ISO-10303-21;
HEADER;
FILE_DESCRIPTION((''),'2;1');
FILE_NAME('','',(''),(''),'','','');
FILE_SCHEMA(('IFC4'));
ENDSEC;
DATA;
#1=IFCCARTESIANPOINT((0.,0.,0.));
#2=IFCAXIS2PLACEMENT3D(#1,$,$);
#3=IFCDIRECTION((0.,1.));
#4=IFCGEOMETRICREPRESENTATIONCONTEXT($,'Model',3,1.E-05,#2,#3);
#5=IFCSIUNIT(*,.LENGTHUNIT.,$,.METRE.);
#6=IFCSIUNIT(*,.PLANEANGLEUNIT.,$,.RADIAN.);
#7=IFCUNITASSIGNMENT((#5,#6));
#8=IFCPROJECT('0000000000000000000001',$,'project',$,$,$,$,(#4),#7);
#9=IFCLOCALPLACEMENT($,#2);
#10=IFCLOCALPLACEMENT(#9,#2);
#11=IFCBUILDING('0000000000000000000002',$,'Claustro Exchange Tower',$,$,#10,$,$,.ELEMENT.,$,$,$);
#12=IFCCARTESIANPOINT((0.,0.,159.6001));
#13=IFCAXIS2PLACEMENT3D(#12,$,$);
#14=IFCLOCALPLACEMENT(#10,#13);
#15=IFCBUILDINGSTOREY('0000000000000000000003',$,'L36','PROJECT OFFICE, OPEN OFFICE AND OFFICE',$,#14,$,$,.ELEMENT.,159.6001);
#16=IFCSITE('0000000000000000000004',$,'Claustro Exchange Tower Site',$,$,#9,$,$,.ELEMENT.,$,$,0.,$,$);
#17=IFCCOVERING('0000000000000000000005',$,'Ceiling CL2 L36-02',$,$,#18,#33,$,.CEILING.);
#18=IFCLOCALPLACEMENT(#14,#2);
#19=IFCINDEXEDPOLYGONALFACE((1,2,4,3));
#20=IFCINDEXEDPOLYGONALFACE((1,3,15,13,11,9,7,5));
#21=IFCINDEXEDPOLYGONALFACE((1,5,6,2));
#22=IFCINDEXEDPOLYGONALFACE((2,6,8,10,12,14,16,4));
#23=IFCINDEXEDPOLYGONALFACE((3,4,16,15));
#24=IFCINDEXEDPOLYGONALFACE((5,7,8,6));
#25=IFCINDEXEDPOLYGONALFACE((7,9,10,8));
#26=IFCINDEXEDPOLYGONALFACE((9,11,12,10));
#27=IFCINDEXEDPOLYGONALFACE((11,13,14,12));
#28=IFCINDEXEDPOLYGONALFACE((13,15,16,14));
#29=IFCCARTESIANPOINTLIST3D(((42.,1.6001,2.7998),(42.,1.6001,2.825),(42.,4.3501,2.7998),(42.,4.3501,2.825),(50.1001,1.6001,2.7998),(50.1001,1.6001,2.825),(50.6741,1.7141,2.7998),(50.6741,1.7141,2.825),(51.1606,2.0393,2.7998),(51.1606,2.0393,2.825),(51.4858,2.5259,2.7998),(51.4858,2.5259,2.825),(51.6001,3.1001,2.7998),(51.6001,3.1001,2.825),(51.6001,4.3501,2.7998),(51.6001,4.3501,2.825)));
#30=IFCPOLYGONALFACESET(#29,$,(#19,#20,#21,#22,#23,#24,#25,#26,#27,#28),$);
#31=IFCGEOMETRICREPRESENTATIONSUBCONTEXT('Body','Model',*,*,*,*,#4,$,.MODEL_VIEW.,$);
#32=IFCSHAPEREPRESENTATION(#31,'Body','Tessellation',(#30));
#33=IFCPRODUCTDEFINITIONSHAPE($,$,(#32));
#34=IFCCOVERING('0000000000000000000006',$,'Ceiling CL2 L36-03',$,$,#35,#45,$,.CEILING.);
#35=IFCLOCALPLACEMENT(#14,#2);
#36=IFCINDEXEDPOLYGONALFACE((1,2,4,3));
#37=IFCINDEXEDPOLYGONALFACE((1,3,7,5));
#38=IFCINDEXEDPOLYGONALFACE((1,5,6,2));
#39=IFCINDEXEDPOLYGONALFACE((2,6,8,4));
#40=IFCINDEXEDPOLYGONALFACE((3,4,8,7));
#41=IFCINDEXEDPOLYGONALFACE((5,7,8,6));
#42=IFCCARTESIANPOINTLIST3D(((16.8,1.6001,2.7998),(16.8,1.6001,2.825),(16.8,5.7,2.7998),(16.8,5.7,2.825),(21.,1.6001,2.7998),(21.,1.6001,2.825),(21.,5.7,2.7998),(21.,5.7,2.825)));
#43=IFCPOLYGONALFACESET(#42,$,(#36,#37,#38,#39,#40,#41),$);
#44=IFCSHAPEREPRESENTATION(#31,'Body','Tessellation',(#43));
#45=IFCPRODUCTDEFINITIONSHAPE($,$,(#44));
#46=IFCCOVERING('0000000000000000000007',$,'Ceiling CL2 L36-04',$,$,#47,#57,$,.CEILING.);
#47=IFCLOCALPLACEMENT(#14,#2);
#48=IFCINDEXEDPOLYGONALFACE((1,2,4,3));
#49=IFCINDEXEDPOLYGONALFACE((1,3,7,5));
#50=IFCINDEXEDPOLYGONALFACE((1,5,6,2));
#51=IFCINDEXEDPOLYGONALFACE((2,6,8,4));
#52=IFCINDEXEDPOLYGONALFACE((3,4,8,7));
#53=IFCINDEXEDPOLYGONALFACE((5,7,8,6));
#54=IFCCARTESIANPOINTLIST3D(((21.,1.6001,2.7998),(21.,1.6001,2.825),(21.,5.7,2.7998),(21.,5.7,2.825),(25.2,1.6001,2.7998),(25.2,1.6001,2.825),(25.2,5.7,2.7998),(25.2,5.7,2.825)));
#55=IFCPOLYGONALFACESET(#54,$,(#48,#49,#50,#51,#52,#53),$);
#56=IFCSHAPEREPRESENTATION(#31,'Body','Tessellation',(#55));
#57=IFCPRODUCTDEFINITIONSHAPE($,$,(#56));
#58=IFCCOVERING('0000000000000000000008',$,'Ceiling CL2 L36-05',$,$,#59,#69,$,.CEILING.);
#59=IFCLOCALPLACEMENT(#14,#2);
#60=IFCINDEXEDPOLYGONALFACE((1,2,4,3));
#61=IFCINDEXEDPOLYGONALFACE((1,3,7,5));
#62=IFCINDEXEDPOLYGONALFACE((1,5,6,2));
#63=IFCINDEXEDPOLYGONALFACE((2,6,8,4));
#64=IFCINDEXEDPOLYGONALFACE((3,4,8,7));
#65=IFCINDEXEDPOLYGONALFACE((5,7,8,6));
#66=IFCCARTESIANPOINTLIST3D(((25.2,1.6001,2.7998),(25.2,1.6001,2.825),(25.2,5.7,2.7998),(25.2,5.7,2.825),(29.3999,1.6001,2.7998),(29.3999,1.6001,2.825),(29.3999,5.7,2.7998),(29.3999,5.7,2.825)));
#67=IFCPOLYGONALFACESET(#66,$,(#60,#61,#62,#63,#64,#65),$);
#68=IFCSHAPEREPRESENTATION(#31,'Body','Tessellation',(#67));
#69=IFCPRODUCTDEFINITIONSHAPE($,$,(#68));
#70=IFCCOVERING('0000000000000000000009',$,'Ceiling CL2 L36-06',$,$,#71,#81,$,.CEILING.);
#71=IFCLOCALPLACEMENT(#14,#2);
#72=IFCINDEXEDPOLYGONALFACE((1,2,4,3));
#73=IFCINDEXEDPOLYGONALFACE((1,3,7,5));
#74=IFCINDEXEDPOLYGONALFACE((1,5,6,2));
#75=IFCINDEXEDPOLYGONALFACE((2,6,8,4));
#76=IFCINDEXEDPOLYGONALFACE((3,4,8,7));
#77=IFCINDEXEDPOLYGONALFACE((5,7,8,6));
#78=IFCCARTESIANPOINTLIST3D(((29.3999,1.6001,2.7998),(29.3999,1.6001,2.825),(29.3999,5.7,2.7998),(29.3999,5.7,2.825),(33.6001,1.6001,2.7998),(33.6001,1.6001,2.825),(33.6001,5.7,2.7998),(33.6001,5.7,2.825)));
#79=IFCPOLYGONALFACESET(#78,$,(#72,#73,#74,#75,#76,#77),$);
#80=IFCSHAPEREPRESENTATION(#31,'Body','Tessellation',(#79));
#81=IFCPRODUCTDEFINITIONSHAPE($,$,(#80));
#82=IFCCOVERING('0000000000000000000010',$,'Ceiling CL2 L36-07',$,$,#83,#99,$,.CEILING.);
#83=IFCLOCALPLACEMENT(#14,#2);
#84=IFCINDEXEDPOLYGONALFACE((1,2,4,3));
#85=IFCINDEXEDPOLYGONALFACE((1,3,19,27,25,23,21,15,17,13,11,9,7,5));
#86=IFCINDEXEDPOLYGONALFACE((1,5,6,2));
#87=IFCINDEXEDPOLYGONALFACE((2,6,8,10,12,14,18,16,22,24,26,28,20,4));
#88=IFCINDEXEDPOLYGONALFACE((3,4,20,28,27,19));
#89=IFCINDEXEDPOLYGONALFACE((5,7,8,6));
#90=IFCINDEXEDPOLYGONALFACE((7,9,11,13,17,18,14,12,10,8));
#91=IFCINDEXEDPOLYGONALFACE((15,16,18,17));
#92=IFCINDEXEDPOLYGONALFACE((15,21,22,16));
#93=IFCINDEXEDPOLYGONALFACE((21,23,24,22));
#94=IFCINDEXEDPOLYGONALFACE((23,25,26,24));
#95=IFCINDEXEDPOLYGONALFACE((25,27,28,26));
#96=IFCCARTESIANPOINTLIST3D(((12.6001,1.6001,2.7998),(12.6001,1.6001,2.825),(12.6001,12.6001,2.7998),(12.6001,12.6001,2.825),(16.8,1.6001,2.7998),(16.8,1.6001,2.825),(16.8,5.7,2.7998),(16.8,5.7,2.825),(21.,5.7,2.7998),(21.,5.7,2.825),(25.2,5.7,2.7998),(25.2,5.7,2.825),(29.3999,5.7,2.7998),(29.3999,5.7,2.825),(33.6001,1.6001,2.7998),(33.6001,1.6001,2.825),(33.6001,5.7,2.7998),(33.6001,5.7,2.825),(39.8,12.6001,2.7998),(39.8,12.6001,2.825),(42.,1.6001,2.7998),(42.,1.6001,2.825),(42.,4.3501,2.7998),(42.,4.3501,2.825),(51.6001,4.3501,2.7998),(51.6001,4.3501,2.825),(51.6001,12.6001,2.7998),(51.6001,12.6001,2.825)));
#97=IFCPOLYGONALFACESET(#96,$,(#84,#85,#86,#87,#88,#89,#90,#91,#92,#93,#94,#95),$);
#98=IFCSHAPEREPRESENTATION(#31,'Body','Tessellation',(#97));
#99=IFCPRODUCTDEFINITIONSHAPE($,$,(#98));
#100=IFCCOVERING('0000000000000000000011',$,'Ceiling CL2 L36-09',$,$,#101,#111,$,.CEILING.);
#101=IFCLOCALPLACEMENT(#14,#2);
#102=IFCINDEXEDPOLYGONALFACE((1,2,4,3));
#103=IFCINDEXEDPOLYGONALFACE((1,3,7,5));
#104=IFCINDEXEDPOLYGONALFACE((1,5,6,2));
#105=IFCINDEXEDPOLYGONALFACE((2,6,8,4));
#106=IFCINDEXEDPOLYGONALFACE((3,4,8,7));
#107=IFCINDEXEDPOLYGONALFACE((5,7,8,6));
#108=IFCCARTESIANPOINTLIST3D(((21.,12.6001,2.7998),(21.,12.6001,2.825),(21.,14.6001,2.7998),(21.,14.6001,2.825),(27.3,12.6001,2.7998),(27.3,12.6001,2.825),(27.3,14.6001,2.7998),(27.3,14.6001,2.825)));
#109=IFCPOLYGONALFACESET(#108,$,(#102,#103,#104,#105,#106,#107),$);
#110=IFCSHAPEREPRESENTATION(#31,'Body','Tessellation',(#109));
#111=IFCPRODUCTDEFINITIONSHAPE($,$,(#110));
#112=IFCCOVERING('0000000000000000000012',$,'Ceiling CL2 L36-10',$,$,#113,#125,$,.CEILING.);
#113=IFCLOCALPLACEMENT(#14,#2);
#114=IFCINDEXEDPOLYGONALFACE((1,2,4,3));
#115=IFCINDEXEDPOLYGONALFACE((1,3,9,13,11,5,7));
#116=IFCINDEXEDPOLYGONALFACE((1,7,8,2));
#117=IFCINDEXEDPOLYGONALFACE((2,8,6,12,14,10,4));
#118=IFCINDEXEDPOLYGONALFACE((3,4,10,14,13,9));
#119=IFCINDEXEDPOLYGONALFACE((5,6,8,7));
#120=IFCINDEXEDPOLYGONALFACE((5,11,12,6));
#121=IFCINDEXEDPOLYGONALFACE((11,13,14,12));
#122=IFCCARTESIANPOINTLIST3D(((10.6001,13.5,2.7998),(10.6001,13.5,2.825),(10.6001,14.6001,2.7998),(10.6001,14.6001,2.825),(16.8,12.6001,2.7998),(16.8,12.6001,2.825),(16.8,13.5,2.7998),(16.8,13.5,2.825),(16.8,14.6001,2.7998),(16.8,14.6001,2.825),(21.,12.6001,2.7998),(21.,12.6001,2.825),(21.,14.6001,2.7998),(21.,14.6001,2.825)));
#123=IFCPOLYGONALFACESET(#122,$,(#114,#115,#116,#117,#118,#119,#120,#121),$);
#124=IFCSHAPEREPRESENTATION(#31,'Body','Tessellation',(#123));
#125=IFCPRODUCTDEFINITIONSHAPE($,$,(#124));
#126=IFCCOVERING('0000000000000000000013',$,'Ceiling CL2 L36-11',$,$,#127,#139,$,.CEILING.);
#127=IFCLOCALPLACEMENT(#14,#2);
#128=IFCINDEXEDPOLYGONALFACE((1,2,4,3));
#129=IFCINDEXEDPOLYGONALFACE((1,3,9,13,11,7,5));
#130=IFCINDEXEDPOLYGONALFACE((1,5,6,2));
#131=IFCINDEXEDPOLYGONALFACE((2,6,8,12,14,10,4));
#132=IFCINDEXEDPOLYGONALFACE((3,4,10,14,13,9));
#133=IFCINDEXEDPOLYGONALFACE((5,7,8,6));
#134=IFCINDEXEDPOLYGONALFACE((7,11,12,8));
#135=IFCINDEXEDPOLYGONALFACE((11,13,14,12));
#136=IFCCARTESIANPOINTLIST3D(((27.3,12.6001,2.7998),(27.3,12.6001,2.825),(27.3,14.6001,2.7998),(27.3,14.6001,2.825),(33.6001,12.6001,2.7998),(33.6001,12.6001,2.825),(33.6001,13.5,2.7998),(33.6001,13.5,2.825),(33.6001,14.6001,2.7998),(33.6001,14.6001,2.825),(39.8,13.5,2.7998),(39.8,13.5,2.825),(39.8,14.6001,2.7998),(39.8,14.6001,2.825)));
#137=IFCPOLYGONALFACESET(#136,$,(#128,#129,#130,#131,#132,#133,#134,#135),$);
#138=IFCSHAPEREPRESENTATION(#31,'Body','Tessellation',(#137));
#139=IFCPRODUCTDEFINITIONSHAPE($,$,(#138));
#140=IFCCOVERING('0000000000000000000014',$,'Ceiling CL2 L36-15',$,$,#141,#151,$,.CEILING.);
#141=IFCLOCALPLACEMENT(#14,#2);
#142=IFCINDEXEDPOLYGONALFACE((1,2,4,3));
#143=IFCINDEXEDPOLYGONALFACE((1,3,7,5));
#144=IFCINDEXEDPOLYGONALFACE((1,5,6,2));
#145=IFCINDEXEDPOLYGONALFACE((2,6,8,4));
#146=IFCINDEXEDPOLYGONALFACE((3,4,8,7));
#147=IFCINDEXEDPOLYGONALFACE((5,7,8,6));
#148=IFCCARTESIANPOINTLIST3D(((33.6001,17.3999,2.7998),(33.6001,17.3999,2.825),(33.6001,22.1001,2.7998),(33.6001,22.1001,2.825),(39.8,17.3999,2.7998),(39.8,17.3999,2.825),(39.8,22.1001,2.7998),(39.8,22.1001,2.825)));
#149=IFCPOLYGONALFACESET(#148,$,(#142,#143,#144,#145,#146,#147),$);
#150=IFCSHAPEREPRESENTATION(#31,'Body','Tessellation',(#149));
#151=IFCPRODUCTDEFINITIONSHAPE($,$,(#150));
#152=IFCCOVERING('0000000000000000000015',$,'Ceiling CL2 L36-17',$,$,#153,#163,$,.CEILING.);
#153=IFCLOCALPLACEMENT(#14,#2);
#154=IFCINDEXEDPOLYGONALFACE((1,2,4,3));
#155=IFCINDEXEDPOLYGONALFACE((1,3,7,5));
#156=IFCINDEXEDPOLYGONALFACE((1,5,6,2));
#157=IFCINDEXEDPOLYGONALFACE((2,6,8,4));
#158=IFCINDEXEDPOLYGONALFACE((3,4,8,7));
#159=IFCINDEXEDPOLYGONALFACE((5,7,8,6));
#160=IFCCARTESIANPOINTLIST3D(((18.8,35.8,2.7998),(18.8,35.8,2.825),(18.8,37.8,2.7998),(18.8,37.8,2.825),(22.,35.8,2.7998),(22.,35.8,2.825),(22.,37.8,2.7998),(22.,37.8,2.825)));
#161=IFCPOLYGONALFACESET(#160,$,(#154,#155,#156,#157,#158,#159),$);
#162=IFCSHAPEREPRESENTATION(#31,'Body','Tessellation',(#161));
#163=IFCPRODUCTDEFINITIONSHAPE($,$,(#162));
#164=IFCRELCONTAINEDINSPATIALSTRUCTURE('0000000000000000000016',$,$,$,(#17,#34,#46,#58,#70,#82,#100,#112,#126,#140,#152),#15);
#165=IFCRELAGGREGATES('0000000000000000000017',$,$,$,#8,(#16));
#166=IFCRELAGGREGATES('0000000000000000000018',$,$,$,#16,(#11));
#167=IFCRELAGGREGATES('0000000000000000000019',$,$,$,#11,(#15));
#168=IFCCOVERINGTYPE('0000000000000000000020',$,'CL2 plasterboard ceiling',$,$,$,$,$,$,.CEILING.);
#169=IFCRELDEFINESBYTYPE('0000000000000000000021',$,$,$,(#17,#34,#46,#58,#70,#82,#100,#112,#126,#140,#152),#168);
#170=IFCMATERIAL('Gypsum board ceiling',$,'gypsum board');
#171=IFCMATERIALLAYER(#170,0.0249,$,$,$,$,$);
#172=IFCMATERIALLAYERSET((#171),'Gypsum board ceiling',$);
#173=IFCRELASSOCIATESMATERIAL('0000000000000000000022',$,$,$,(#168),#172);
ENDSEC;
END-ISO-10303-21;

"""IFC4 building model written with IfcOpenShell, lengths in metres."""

from ifc_helpers import new_model, si_unit, direction, frame, origin, place, context, subcontext, project, spatial, polyline, outline, extrude, material, layer, layer_set, type_object, element, save


model = new_model("IFC4")

# Units and contexts
model_context = context("Model", 3, precision=1e-05, world=origin(), true_north=direction((0.0, 1.0)))
body_context = subcontext(model_context, "Body", "Model", "MODEL_VIEW")
ifc_project = project(units=[si_unit("LENGTHUNIT", "METRE"), si_unit("PLANEANGLEUNIT", "RADIAN")], contexts=[model_context])

# Site, building, storey
site_placement = place(None, origin())
site = spatial("IfcSite", under=ifc_project, at=site_placement, Name="Claustro Exchange Tower Site", CompositionType="ELEMENT", RefElevation=0.0)
building_placement = place(site_placement, origin())
building = spatial("IfcBuilding", under=site, at=building_placement, Name="Claustro Exchange Tower", CompositionType="ELEMENT")
storey_placement = place(building_placement, frame((0.0, 0.0, 159.6001)))
storey = spatial("IfcBuildingStorey", under=building, at=storey_placement, Name="L36", Description="PROJECT OFFICE, OPEN OFFICE AND OFFICE", CompositionType="ELEMENT", Elevation=159.6001)

# Coverings
ifc_material_1 = material(Name="Gypsum board ceiling", Category="gypsum board")
ifc_layer_1 = layer(ifc_material_1, 0.0249)
ifc_layer_set_1 = layer_set([ifc_layer_1], Name="Gypsum board ceiling")
covering_type_1 = type_object("IfcCoveringType", Name="CL2 plasterboard ceiling", PredefinedType="CEILING", material=ifc_layer_set_1)
covering_1_placement = place(storey_placement, frame((0.0, 0.0, 2.7998)))
element("IfcCovering", 1, at=covering_1_placement, inside=storey, type_object=covering_type_1, Name="Ceiling CL2 L36-02", PredefinedType="CEILING", context=body_context, shape_type="SweptSolid", body=[
    extrude(outline(polyline([(51.6001, 3.1001), (51.6001, 4.3501), (42.0, 4.3501), (42.0, 1.6001), (50.1001, 1.6001), (50.6741, 1.7141), (51.1606, 2.0393), (51.4858, 2.5259), (51.6001, 3.1001)])), origin(), (0.0, 0.0, 1.0), 0.0251),
])
covering_2_placement = place(storey_placement, frame((0.0, 0.0, 2.7998)))
element("IfcCovering", 2, at=covering_2_placement, inside=storey, type_object=covering_type_1, Name="Ceiling CL2 L36-03", PredefinedType="CEILING", context=body_context, shape_type="SweptSolid", body=[
    extrude(outline(polyline([(16.8, 1.6001), (21.0, 1.6001), (21.0, 5.7), (16.8, 5.7), (16.8, 1.6001)])), origin(), (0.0, 0.0, 1.0), 0.0251),
])
covering_3_placement = place(storey_placement, frame((0.0, 0.0, 2.7998)))
element("IfcCovering", 3, at=covering_3_placement, inside=storey, type_object=covering_type_1, Name="Ceiling CL2 L36-04", PredefinedType="CEILING", context=body_context, shape_type="SweptSolid", body=[
    extrude(outline(polyline([(21.0, 1.6001), (25.2, 1.6001), (25.2, 5.7), (21.0, 5.7), (21.0, 1.6001)])), origin(), (0.0, 0.0, 1.0), 0.0251),
])
covering_4_placement = place(storey_placement, frame((0.0, 0.0, 2.7998)))
element("IfcCovering", 4, at=covering_4_placement, inside=storey, type_object=covering_type_1, Name="Ceiling CL2 L36-05", PredefinedType="CEILING", context=body_context, shape_type="SweptSolid", body=[
    extrude(outline(polyline([(25.2, 1.6001), (29.3999, 1.6001), (29.3999, 5.7), (25.2, 5.7), (25.2, 1.6001)])), origin(), (0.0, 0.0, 1.0), 0.0251),
])
covering_5_placement = place(storey_placement, frame((0.0, 0.0, 2.7998)))
element("IfcCovering", 5, at=covering_5_placement, inside=storey, type_object=covering_type_1, Name="Ceiling CL2 L36-06", PredefinedType="CEILING", context=body_context, shape_type="SweptSolid", body=[
    extrude(outline(polyline([(29.3999, 1.6001), (33.6001, 1.6001), (33.6001, 5.7), (29.3999, 5.7), (29.3999, 1.6001)])), origin(), (0.0, 0.0, 1.0), 0.0251),
])
covering_6_placement = place(storey_placement, frame((0.0, 0.0, 2.7998)))
element("IfcCovering", 6, at=covering_6_placement, inside=storey, type_object=covering_type_1, Name="Ceiling CL2 L36-07", PredefinedType="CEILING", context=body_context, shape_type="SweptSolid", body=[
    extrude(outline(polyline([(51.6001, 12.6001), (39.8, 12.6001), (12.6001, 12.6001), (12.6001, 1.6001), (16.8, 1.6001), (16.8, 5.7), (21.0, 5.7), (25.2, 5.7), (29.3999, 5.7), (33.6001, 5.7), (33.6001, 1.6001), (42.0, 1.6001), (42.0, 4.3501), (51.6001, 4.3501), (51.6001, 12.6001)])), origin(), (0.0, 0.0, 1.0), 0.0251),
])
covering_7_placement = place(storey_placement, frame((0.0, 0.0, 2.7998)))
element("IfcCovering", 7, at=covering_7_placement, inside=storey, type_object=covering_type_1, Name="Ceiling CL2 L36-09", PredefinedType="CEILING", context=body_context, shape_type="SweptSolid", body=[
    extrude(outline(polyline([(21.0, 12.6001), (27.3, 12.6001), (27.3, 14.6001), (21.0, 14.6001), (21.0, 12.6001)])), origin(), (0.0, 0.0, 1.0), 0.0251),
])
covering_8_placement = place(storey_placement, frame((0.0, 0.0, 2.7998)))
element("IfcCovering", 8, at=covering_8_placement, inside=storey, type_object=covering_type_1, Name="Ceiling CL2 L36-10", PredefinedType="CEILING", context=body_context, shape_type="SweptSolid", body=[
    extrude(outline(polyline([(10.6001, 14.6001), (10.6001, 13.5), (16.8, 13.5), (16.8, 12.6001), (21.0, 12.6001), (21.0, 14.6001), (16.8, 14.6001), (16.8, 14.6001), (10.6001, 14.6001)])), origin(), (0.0, 0.0, 1.0), 0.0251),
])
covering_9_placement = place(storey_placement, frame((0.0, 0.0, 2.7998)))
element("IfcCovering", 9, at=covering_9_placement, inside=storey, type_object=covering_type_1, Name="Ceiling CL2 L36-11", PredefinedType="CEILING", context=body_context, shape_type="SweptSolid", body=[
    extrude(outline(polyline([(39.8, 13.5), (39.8, 14.6001), (33.6001, 14.6001), (33.6001, 14.6001), (27.3, 14.6001), (27.3, 12.6001), (33.6001, 12.6001), (33.6001, 13.5), (39.8, 13.5)])), origin(), (0.0, 0.0, 1.0), 0.0251),
])
covering_10_placement = place(storey_placement, frame((0.0, 0.0, 2.7998)))
element("IfcCovering", 10, at=covering_10_placement, inside=storey, type_object=covering_type_1, Name="Ceiling CL2 L36-15", PredefinedType="CEILING", context=body_context, shape_type="SweptSolid", body=[
    extrude(outline(polyline([(39.8, 17.3999), (39.8, 22.1001), (33.6001, 22.1001), (33.6001, 17.3999), (39.8, 17.3999)])), origin(), (0.0, 0.0, 1.0), 0.0251),
])
covering_11_placement = place(storey_placement, frame((0.0, 0.0, 2.7998)))
element("IfcCovering", 11, at=covering_11_placement, inside=storey, type_object=covering_type_1, Name="Ceiling CL2 L36-17", PredefinedType="CEILING", context=body_context, shape_type="SweptSolid", body=[
    extrude(outline(polyline([(18.8, 35.8), (22.0, 35.8), (22.0, 37.8), (18.8, 37.8), (18.8, 35.8)])), origin(), (0.0, 0.0, 1.0), 0.0251),
])

save(model, "model.ifc")
